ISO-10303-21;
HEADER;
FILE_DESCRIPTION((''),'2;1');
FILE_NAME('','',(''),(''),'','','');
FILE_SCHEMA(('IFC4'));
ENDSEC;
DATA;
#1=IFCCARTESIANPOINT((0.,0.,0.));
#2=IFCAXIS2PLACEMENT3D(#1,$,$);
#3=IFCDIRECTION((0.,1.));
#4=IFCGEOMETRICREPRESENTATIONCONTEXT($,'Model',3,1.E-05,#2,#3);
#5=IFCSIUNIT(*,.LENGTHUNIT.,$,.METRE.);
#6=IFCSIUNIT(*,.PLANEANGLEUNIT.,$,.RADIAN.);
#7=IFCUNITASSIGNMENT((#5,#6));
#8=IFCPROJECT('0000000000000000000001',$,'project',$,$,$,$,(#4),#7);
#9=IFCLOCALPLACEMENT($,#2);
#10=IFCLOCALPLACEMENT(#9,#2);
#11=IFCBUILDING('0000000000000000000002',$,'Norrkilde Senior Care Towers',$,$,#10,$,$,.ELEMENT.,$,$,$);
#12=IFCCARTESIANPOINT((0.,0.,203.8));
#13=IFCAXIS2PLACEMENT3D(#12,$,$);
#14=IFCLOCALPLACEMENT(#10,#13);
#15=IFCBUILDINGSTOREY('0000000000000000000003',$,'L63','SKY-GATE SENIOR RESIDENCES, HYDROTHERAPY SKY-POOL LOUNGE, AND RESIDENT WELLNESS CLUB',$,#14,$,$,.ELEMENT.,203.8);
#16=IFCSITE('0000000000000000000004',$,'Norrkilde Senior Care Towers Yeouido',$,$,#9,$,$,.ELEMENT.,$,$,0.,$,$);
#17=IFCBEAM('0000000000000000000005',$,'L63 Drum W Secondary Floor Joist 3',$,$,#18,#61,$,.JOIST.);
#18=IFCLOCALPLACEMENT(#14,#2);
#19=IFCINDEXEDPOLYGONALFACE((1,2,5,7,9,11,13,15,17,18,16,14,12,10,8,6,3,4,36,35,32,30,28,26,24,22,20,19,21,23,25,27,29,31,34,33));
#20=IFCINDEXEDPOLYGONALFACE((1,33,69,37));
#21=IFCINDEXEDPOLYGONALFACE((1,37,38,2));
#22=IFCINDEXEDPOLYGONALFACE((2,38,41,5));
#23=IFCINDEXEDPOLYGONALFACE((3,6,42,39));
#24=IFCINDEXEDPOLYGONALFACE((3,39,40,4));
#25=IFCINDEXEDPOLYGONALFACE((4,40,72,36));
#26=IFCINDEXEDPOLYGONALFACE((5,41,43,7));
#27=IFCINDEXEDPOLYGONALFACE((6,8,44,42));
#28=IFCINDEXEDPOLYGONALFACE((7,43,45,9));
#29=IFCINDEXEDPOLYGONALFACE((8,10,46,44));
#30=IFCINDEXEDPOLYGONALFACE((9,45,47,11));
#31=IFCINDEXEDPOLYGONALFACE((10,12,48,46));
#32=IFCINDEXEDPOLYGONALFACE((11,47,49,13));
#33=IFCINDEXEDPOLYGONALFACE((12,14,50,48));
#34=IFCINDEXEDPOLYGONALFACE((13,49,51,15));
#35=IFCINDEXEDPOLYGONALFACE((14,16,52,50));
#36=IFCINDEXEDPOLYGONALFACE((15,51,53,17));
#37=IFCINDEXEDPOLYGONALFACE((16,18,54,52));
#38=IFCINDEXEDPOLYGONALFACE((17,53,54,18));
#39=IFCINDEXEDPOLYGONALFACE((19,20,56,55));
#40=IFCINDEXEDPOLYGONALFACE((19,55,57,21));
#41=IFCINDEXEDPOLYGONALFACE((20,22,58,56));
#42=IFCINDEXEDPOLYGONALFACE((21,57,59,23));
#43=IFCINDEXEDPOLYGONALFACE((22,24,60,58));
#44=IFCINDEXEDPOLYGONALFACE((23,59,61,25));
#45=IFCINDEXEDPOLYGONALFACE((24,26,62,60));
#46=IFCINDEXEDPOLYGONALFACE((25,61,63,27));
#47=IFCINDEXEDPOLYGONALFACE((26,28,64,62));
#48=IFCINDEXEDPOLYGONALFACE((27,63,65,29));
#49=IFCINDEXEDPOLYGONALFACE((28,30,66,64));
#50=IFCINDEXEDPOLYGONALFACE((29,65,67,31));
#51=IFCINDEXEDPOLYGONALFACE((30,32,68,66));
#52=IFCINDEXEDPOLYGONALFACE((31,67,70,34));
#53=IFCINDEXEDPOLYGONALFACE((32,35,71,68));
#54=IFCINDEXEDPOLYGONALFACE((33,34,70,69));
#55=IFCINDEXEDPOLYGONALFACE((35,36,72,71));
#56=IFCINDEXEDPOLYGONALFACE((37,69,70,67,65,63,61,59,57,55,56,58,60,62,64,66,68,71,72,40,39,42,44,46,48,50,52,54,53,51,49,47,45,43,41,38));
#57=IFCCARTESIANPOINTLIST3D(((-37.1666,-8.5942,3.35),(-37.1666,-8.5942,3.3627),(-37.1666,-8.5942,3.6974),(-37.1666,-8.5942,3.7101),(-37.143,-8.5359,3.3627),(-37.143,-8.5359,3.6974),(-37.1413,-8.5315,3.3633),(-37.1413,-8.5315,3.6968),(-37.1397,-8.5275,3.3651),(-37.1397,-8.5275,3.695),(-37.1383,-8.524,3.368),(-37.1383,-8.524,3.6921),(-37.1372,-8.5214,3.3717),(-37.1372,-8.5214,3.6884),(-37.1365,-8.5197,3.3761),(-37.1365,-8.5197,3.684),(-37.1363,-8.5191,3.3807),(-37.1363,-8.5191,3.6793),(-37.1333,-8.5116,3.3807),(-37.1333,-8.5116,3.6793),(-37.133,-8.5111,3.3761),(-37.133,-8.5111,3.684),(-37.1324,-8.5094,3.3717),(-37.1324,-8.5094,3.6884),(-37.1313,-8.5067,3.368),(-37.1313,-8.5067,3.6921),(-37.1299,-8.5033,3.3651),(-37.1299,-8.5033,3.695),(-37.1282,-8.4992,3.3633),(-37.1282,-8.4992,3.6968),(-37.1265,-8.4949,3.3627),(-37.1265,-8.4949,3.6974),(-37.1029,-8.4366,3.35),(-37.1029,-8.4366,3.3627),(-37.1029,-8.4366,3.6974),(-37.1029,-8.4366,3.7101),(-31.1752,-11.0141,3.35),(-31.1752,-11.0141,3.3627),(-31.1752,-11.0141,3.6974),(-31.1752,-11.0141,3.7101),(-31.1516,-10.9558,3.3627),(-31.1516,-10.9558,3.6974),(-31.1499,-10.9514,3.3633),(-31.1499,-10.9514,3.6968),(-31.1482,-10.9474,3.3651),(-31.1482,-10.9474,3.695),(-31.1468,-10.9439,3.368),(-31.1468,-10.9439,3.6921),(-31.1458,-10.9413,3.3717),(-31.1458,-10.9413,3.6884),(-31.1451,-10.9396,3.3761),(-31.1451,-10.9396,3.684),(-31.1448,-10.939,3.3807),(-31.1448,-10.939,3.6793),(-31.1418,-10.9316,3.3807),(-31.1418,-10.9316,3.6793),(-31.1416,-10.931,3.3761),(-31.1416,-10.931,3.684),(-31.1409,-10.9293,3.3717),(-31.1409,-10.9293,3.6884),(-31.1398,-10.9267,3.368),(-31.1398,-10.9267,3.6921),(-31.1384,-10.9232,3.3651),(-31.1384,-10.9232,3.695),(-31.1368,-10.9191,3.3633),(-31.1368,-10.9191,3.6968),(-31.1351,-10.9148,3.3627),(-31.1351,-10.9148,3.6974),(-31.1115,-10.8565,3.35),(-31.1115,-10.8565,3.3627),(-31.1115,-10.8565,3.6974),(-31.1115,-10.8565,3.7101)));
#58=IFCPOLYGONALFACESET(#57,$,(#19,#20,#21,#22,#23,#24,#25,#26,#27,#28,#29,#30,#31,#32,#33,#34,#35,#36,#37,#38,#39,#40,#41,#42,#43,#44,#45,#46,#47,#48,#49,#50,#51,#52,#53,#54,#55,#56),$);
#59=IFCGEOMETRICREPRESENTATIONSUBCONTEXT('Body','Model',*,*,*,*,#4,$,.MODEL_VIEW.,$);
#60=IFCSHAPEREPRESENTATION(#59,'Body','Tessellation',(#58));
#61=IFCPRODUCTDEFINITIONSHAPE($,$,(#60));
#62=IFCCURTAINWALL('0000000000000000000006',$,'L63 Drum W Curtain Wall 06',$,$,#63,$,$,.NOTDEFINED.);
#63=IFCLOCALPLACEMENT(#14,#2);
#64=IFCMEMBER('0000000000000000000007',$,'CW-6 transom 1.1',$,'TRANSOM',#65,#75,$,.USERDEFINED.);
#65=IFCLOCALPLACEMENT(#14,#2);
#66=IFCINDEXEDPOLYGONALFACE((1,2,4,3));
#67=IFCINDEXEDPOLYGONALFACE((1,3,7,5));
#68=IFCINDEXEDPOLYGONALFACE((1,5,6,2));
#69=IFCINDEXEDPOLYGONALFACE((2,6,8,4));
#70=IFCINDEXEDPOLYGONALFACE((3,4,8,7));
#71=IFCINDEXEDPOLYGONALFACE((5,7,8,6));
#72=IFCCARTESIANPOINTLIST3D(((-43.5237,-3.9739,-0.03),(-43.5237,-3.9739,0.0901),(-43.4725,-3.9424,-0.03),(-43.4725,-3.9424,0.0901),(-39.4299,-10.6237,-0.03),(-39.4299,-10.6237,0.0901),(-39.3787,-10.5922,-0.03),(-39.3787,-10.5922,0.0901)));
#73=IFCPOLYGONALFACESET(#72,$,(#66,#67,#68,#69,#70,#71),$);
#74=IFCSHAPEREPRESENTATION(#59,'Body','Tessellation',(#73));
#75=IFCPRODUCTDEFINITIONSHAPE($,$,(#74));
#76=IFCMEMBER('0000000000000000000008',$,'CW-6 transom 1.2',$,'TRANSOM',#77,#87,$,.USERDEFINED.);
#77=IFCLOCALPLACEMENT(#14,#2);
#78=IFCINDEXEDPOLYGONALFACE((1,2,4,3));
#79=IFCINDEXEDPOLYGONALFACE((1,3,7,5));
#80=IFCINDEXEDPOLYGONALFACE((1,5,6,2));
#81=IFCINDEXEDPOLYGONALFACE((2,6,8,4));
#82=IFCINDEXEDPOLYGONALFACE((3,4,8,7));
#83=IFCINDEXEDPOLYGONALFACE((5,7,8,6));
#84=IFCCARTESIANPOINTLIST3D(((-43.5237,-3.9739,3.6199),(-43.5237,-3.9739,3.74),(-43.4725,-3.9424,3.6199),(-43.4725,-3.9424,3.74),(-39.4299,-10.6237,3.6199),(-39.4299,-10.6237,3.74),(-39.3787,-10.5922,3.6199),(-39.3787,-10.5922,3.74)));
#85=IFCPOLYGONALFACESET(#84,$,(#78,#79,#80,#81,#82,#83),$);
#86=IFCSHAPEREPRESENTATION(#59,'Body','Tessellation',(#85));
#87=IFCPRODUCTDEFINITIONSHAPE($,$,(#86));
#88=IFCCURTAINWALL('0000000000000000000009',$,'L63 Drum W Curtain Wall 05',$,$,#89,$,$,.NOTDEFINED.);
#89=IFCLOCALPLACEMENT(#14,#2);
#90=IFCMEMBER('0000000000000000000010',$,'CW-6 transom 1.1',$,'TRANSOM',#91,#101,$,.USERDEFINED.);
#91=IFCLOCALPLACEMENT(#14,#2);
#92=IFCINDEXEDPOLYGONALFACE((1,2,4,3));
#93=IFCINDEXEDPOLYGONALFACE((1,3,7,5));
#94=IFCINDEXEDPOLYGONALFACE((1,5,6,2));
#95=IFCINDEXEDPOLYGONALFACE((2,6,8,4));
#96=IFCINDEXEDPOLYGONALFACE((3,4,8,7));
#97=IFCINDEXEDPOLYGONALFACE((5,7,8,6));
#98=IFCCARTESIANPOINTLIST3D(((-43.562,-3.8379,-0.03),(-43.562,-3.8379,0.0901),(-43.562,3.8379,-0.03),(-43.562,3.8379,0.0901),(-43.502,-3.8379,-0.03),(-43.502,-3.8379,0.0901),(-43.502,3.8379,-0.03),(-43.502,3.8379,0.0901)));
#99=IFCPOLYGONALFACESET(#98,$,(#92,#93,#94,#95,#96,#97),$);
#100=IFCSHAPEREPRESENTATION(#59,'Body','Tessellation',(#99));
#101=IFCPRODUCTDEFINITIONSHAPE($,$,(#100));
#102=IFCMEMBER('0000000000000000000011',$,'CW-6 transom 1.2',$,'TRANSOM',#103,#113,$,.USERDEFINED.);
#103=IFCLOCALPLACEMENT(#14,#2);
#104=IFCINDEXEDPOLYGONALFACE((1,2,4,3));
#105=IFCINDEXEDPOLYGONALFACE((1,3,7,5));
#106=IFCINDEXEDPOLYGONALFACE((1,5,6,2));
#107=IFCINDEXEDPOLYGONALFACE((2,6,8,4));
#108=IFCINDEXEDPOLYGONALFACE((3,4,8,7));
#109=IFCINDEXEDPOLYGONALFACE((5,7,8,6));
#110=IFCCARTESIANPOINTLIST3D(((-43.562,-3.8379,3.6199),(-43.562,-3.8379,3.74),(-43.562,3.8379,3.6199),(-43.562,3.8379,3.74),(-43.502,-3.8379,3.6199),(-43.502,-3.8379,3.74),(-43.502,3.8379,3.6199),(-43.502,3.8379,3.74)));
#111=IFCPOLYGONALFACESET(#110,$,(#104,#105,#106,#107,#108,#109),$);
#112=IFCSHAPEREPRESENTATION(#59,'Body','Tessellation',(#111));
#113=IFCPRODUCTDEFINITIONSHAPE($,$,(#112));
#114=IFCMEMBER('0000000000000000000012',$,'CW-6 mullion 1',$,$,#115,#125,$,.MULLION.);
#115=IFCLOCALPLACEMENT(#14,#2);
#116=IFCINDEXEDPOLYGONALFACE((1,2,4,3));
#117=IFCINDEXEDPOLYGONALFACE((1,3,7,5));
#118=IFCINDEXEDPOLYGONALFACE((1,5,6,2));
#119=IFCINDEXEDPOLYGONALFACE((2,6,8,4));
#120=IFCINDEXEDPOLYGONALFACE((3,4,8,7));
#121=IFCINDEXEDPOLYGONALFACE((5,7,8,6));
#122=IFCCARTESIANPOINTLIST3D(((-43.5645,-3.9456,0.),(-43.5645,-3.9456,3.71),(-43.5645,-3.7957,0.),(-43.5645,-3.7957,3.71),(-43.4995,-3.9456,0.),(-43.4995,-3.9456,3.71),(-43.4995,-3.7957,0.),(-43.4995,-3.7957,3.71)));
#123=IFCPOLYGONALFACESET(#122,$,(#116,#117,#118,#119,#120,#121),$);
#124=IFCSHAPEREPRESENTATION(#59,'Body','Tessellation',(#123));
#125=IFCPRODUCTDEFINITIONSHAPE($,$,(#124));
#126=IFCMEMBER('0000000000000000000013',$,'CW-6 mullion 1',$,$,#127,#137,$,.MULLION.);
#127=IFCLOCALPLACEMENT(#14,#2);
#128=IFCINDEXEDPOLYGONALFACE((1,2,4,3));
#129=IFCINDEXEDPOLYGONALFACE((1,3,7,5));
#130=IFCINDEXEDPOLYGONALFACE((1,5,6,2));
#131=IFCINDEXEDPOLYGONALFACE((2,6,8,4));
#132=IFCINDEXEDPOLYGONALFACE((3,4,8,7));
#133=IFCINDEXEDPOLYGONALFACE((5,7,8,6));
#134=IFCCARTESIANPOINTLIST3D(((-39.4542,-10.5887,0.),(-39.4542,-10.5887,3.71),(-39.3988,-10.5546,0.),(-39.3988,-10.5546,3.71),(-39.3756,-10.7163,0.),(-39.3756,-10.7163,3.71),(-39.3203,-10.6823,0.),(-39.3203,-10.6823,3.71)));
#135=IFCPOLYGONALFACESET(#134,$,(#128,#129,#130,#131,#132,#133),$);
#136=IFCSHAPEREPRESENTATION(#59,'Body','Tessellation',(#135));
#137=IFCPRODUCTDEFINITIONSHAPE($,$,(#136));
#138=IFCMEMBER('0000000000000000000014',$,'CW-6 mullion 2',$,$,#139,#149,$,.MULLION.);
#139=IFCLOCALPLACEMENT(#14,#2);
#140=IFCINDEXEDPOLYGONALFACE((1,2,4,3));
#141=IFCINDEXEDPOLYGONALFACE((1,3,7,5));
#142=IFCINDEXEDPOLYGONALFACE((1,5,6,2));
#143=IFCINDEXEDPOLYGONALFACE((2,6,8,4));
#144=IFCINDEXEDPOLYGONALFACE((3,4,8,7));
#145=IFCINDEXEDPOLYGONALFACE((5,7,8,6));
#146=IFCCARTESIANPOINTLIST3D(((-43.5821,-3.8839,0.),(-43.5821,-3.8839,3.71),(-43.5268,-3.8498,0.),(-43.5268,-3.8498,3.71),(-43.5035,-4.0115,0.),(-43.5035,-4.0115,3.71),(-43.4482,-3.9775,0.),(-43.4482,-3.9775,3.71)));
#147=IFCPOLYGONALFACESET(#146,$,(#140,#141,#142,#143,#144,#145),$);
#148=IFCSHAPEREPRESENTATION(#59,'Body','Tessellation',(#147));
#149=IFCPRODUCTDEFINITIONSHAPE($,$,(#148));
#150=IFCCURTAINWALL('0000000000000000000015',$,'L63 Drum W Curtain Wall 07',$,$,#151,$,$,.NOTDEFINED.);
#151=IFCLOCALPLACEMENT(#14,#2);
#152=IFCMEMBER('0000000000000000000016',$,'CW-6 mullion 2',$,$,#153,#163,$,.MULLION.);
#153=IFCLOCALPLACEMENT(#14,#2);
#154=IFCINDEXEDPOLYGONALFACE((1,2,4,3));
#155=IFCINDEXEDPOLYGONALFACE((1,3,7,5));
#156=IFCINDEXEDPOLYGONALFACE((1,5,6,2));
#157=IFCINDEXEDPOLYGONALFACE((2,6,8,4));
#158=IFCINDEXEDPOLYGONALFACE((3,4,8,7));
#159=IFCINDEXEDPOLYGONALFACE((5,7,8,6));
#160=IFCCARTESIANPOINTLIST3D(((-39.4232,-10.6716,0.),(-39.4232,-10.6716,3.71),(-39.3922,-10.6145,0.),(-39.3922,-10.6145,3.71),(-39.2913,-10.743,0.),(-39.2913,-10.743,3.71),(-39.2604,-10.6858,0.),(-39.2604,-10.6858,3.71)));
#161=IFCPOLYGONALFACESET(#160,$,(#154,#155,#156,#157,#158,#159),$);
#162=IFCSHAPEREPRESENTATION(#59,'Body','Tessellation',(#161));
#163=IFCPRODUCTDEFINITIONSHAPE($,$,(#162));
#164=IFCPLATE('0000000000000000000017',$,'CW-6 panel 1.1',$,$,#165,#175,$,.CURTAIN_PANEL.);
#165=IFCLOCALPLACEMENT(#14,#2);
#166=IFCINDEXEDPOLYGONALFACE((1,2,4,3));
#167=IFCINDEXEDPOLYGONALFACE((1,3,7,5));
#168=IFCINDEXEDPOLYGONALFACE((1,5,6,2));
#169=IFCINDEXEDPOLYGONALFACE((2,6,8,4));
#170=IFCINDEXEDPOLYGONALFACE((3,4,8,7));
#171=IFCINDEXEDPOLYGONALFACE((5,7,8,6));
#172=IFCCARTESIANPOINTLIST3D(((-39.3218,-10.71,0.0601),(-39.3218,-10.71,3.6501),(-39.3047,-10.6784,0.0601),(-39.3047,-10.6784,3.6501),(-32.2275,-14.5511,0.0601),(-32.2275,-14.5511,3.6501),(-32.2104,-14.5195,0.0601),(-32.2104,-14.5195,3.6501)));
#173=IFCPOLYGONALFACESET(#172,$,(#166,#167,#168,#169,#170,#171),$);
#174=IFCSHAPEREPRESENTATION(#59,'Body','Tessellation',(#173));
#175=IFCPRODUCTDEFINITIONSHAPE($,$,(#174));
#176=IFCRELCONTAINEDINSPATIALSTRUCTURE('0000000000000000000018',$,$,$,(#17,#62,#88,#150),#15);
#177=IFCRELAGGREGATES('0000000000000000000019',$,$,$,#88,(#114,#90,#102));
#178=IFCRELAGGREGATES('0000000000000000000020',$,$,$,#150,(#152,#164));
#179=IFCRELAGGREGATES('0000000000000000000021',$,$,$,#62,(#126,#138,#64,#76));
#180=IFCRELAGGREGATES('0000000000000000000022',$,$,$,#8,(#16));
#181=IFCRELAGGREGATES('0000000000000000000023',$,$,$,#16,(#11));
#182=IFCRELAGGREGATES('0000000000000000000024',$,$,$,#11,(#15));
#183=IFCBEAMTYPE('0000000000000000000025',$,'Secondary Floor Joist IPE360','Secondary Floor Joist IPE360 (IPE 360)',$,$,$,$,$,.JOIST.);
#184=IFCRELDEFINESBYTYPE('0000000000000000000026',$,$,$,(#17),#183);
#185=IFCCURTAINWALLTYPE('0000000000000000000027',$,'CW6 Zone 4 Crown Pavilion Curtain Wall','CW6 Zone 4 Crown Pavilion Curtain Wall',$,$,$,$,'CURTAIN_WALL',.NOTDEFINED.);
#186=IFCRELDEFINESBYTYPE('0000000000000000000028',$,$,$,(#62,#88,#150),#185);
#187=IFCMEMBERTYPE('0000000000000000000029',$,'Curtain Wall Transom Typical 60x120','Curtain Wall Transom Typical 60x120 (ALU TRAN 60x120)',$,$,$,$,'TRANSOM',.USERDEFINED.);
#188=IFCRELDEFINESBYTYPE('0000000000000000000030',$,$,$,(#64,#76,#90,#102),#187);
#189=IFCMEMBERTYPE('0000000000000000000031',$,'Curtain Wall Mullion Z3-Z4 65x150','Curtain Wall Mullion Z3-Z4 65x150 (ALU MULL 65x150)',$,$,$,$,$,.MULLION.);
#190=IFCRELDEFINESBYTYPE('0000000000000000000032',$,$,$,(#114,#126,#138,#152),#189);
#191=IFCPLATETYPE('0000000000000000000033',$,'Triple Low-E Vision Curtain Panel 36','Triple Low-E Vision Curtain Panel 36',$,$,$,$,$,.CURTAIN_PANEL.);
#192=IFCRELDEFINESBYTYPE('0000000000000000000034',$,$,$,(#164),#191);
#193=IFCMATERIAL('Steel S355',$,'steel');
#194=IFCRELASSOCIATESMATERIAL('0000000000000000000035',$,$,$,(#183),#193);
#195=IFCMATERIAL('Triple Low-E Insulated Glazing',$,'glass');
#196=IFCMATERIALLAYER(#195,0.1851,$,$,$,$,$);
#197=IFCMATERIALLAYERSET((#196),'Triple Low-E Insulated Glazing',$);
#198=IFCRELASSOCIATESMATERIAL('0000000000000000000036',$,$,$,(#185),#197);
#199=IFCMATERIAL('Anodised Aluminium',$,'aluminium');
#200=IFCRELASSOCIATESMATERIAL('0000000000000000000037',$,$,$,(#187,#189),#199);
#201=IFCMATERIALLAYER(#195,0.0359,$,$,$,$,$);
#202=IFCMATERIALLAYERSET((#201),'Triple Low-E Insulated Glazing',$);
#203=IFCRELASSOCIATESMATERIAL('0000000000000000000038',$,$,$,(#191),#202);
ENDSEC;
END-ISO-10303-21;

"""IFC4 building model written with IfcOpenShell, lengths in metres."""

from ifc_helpers import new_model, si_unit, direction, frame, origin, origin_2d, place, context, subcontext, project, spatial, rectangle, i_section, extrude, source, transform, mapped, material, layer, layer_set, material_profile, profile_set, type_object, type_shapes, element, aggregate, save


model = new_model("IFC4")

# Units and contexts
model_context = context("Model", 3, precision=1e-05, world=origin(), true_north=direction((0.0, 1.0)))
body_context = subcontext(model_context, "Body", "Model", "MODEL_VIEW")
ifc_project = project(units=[si_unit("LENGTHUNIT", "METRE"), si_unit("PLANEANGLEUNIT", "RADIAN")], contexts=[model_context])

# Site, building, storey
site_placement = place(None, origin())
site = spatial("IfcSite", under=ifc_project, at=site_placement, Name="Norrkilde Senior Care Towers Yeouido", CompositionType="ELEMENT", RefElevation=0.0)
building_placement = place(site_placement, origin())
building = spatial("IfcBuilding", under=site, at=building_placement, Name="Norrkilde Senior Care Towers", CompositionType="ELEMENT")
storey_placement = place(building_placement, frame((0.0, 0.0, 203.8)))
storey = spatial("IfcBuildingStorey", under=building, at=storey_placement, Name="L63", Description="SKY-GATE SENIOR RESIDENCES, HYDROTHERAPY SKY-POOL LOUNGE, AND RESIDENT WELLNESS CLUB", CompositionType="ELEMENT", Elevation=203.8)

# Beam
ifc_material_1 = material(Name="Steel S355", Category="steel")
ifc_material_profile_1 = material_profile(ifc_material_1, i_section(OverallWidth=0.1699, OverallDepth=0.3601, WebThickness=0.0081, FlangeThickness=0.0127, FilletRadius=0.0181, at=origin_2d()), Name="IPE 360")
ifc_profile_set_1 = profile_set([ifc_material_profile_1], Name="Steel S355")
beam_type_1 = type_object("IfcBeamType", Name="Secondary Floor Joist IPE360", Description="Secondary Floor Joist IPE360 (IPE 360)", PredefinedType="JOIST", material=ifc_profile_set_1)
shared_shape_1 = source(origin(), body_context, "Body", "SweptSolid", [
    extrude(i_section(OverallWidth=0.1699, OverallDepth=0.3601, WebThickness=0.0081, FlangeThickness=0.0127, FilletRadius=0.0181, at=origin_2d()), origin(), (0.0, 0.0, 1.0), 6.4617),
])
type_shapes(beam_type_1, [shared_shape_1])
beam_1_placement = place(storey_placement, frame((-37.1348, -8.5154, 3.53), z_axis=(0.927226, -0.374502, 0.0), x_axis=(0.374502, 0.927226, 0.0)))
element("IfcBeam", 1, at=beam_1_placement, inside=storey, type_object=beam_type_1, Name="L63 Drum W Secondary Floor Joist 3", PredefinedType="JOIST", context=body_context, shape_type="MappedRepresentation", body=[
    mapped(shared_shape_1, transform((0.0, 0.0, 0.0), x_axis=(1.0, 0.0, 0.0), y_axis=(0.0, 1.0, 0.0), z_axis=(0.0, 0.0, 1.0), scale=1.0)),
])

# Curtain walls, members
ifc_material_2 = material(Name="Triple Low-E Insulated Glazing", Category="glass")
ifc_layer_1 = layer(ifc_material_2, 0.1851)
ifc_layer_set_1 = layer_set([ifc_layer_1], Name="Triple Low-E Insulated Glazing")
curtain_wall_type = type_object("IfcCurtainWallType", Name="CW6 Zone 4 Crown Pavilion Curtain Wall", Description="CW6 Zone 4 Crown Pavilion Curtain Wall", ElementType="CURTAIN_WALL", PredefinedType="NOTDEFINED", material=ifc_layer_set_1)
curtain_wall_1_placement = place(storey_placement, origin())
curtain_wall_1 = element("IfcCurtainWall", 2, at=curtain_wall_1_placement, inside=storey, type_object=curtain_wall_type, Name="L63 Drum W Curtain Wall 06", PredefinedType="NOTDEFINED")
ifc_material_3 = material(Name="Anodised Aluminium", Category="aluminium")
ifc_material_profile_2 = material_profile(ifc_material_3, rectangle(XDim=0.0601, YDim=0.1201, at=origin_2d()), Name="ALU TRAN 60x120")
ifc_profile_set_2 = profile_set([ifc_material_profile_2], Name="Anodised Aluminium")
member_type_1 = type_object("IfcMemberType", Name="Curtain Wall Transom Typical 60x120", Description="Curtain Wall Transom Typical 60x120 (ALU TRAN 60x120)", ElementType="TRANSOM", PredefinedType="USERDEFINED", material=ifc_profile_set_2)
shared_shape_2 = source(origin(), body_context, "Body", "SweptSolid", [
    extrude(rectangle(XDim=0.0601, YDim=0.1201, at=origin_2d()), origin(), (0.0, 0.0, 1.0), 7.8088),
])
member_1_placement = place(storey_placement, frame((-39.4043, -10.6079, 0.03), z_axis=(-0.524251, 0.851564, 0.0), x_axis=(-0.851564, -0.524251, 0.0)))
member_1 = element("IfcMember", 3, at=member_1_placement, type_object=member_type_1, Name="CW-6 transom 1.1", ObjectType="TRANSOM", PredefinedType="USERDEFINED", context=body_context, shape_type="MappedRepresentation", body=[
    mapped(shared_shape_2, transform((0.0, 0.0, 0.0), x_axis=(1.0, 0.0, 0.0), y_axis=(0.0, 1.0, 0.0), z_axis=(0.0, 0.0, 1.0), scale=1.0)),
])
member_2_placement = place(storey_placement, frame((-39.4043, -10.6079, 3.6799), z_axis=(-0.524251, 0.851564, 0.0), x_axis=(-0.851564, -0.524251, 0.0)))
member_2 = element("IfcMember", 4, at=member_2_placement, type_object=member_type_1, Name="CW-6 transom 1.2", ObjectType="TRANSOM", PredefinedType="USERDEFINED", context=body_context, shape_type="MappedRepresentation", body=[
    mapped(shared_shape_2, transform((0.0, 0.0, 0.0), x_axis=(1.0, 0.0, 0.0), y_axis=(0.0, 1.0, 0.0), z_axis=(0.0, 0.0, 1.0), scale=1.0)),
])
curtain_wall_2_placement = place(storey_placement, origin())
curtain_wall_2 = element("IfcCurtainWall", 5, at=curtain_wall_2_placement, inside=storey, type_object=curtain_wall_type, Name="L63 Drum W Curtain Wall 05", PredefinedType="NOTDEFINED")
shared_shape_3 = source(origin(), body_context, "Body", "SweptSolid", [
    extrude(rectangle(XDim=0.0601, YDim=0.1201, at=origin_2d()), origin(), (0.0, 0.0, 1.0), 7.6758),
])
type_shapes(member_type_1, [shared_shape_2, shared_shape_3])
member_3_placement = place(storey_placement, frame((-43.532, -3.8379, 0.03), z_axis=(0.0, 1.0, 0.0), x_axis=(-1.0, 0.0, 0.0)))
member_3 = element("IfcMember", 6, at=member_3_placement, type_object=member_type_1, Name="CW-6 transom 1.1", ObjectType="TRANSOM", PredefinedType="USERDEFINED", context=body_context, shape_type="MappedRepresentation", body=[
    mapped(shared_shape_3, transform((0.0, 0.0, 0.0), x_axis=(1.0, 0.0, 0.0), y_axis=(0.0, 1.0, 0.0), z_axis=(0.0, 0.0, 1.0), scale=1.0)),
])
member_4_placement = place(storey_placement, frame((-43.532, -3.8379, 3.6799), z_axis=(0.0, 1.0, 0.0), x_axis=(-1.0, 0.0, 0.0)))
member_4 = element("IfcMember", 7, at=member_4_placement, type_object=member_type_1, Name="CW-6 transom 1.2", ObjectType="TRANSOM", PredefinedType="USERDEFINED", context=body_context, shape_type="MappedRepresentation", body=[
    mapped(shared_shape_3, transform((0.0, 0.0, 0.0), x_axis=(1.0, 0.0, 0.0), y_axis=(0.0, 1.0, 0.0), z_axis=(0.0, 0.0, 1.0), scale=1.0)),
])
ifc_material_profile_3 = material_profile(ifc_material_3, rectangle(XDim=0.0649, YDim=0.1499, at=origin_2d()), Name="ALU MULL 65x150")
ifc_profile_set_3 = profile_set([ifc_material_profile_3], Name="Anodised Aluminium")
member_type_2 = type_object("IfcMemberType", Name="Curtain Wall Mullion Z3-Z4 65x150", Description="Curtain Wall Mullion Z3-Z4 65x150 (ALU MULL 65x150)", PredefinedType="MULLION", material=ifc_profile_set_3)
shared_shape_4 = source(origin(), body_context, "Body", "SweptSolid", [
    extrude(rectangle(XDim=0.0649, YDim=0.1499, at=origin_2d()), origin(), (0.0, 0.0, 1.0), 3.71),
])
type_shapes(member_type_2, [shared_shape_4])
member_5_placement = place(storey_placement, frame((-43.532, -3.8706, 0.0), z_axis=(0.0, 0.0, 1.0), x_axis=(-1.0, 0.0, 0.0)))
member_5 = element("IfcMember", 8, at=member_5_placement, type_object=member_type_2, Name="CW-6 mullion 1", PredefinedType="MULLION", context=body_context, shape_type="MappedRepresentation", body=[
    mapped(shared_shape_4, transform((0.0, 0.0, 0.0), x_axis=(1.0, 0.0, 0.0), y_axis=(0.0, 1.0, 0.0), z_axis=(0.0, 0.0, 1.0), scale=1.0)),
])
aggregate(curtain_wall_2, [member_5, member_3, member_4])

# Members
member_6_placement = place(storey_placement, frame((-39.3872, -10.6355, 0.0), z_axis=(0.0, 0.0, 1.0), x_axis=(-0.851563, -0.524253, 0.0)))
member_6 = element("IfcMember", 9, at=member_6_placement, type_object=member_type_2, Name="CW-6 mullion 1", PredefinedType="MULLION", context=body_context, shape_type="MappedRepresentation", body=[
    mapped(shared_shape_4, transform((0.0, 0.0, 0.0), x_axis=(1.0, 0.0, 0.0), y_axis=(0.0, 1.0, 0.0), z_axis=(0.0, 0.0, 1.0), scale=1.0)),
])
member_7_placement = place(storey_placement, frame((-43.5151, -3.9307, 0.0), z_axis=(0.0, 0.0, 1.0), x_axis=(-0.851563, -0.524253, 0.0)))
member_7 = element("IfcMember", 10, at=member_7_placement, type_object=member_type_2, Name="CW-6 mullion 2", PredefinedType="MULLION", context=body_context, shape_type="MappedRepresentation", body=[
    mapped(shared_shape_4, transform((0.0, 0.0, 0.0), x_axis=(1.0, 0.0, 0.0), y_axis=(0.0, 1.0, 0.0), z_axis=(0.0, 0.0, 1.0), scale=1.0)),
])

# Curtain wall, member, plate
curtain_wall_3_placement = place(storey_placement, origin())
curtain_wall_3 = element("IfcCurtainWall", 11, at=curtain_wall_3_placement, inside=storey, type_object=curtain_wall_type, Name="L63 Drum W Curtain Wall 07", PredefinedType="NOTDEFINED")
member_8_placement = place(storey_placement, frame((-39.3418, -10.6787, 0.0), z_axis=(0.0, 0.0, 1.0), x_axis=(-0.476133, -0.879373, 0.0)))
member_8 = element("IfcMember", 12, at=member_8_placement, type_object=member_type_2, Name="CW-6 mullion 2", PredefinedType="MULLION", context=body_context, shape_type="MappedRepresentation", body=[
    mapped(shared_shape_4, transform((0.0, 0.0, 0.0), x_axis=(1.0, 0.0, 0.0), y_axis=(0.0, 1.0, 0.0), z_axis=(0.0, 0.0, 1.0), scale=1.0)),
])
ifc_layer_2 = layer(ifc_material_2, 0.0359)
ifc_layer_set_2 = layer_set([ifc_layer_2], Name="Triple Low-E Insulated Glazing")
plate_type = type_object("IfcPlateType", Name="Triple Low-E Vision Curtain Panel 36", Description="Triple Low-E Vision Curtain Panel 36", PredefinedType="CURTAIN_PANEL", material=ifc_layer_set_2)
shared_shape_5 = source(origin(), body_context, "Body", "SweptSolid", [
    extrude(rectangle(XDim=8.0674, YDim=0.0359, at=origin_2d()), origin(), (0.0, 0.0, 1.0), 3.5901),
])
plate_1_placement = place(storey_placement, frame((-35.7661, -12.6147, 0.0601), z_axis=(0.0, 0.0, 1.0), x_axis=(-0.879373, 0.476133, 0.0)))
plate_1 = element("IfcPlate", 13, at=plate_1_placement, type_object=plate_type, Name="CW-6 panel 1.1", PredefinedType="CURTAIN_PANEL", context=body_context, shape_type="MappedRepresentation", body=[
    mapped(shared_shape_5, transform((0.0, 0.0, 0.0), x_axis=(1.0, 0.0, 0.0), y_axis=(0.0, 1.0, 0.0), z_axis=(0.0, 0.0, 1.0), scale=1.0)),
])
aggregate(curtain_wall_3, [member_8, plate_1])

aggregate(curtain_wall_1, [member_6, member_7, member_1, member_2])

save(model, "model.ifc")
